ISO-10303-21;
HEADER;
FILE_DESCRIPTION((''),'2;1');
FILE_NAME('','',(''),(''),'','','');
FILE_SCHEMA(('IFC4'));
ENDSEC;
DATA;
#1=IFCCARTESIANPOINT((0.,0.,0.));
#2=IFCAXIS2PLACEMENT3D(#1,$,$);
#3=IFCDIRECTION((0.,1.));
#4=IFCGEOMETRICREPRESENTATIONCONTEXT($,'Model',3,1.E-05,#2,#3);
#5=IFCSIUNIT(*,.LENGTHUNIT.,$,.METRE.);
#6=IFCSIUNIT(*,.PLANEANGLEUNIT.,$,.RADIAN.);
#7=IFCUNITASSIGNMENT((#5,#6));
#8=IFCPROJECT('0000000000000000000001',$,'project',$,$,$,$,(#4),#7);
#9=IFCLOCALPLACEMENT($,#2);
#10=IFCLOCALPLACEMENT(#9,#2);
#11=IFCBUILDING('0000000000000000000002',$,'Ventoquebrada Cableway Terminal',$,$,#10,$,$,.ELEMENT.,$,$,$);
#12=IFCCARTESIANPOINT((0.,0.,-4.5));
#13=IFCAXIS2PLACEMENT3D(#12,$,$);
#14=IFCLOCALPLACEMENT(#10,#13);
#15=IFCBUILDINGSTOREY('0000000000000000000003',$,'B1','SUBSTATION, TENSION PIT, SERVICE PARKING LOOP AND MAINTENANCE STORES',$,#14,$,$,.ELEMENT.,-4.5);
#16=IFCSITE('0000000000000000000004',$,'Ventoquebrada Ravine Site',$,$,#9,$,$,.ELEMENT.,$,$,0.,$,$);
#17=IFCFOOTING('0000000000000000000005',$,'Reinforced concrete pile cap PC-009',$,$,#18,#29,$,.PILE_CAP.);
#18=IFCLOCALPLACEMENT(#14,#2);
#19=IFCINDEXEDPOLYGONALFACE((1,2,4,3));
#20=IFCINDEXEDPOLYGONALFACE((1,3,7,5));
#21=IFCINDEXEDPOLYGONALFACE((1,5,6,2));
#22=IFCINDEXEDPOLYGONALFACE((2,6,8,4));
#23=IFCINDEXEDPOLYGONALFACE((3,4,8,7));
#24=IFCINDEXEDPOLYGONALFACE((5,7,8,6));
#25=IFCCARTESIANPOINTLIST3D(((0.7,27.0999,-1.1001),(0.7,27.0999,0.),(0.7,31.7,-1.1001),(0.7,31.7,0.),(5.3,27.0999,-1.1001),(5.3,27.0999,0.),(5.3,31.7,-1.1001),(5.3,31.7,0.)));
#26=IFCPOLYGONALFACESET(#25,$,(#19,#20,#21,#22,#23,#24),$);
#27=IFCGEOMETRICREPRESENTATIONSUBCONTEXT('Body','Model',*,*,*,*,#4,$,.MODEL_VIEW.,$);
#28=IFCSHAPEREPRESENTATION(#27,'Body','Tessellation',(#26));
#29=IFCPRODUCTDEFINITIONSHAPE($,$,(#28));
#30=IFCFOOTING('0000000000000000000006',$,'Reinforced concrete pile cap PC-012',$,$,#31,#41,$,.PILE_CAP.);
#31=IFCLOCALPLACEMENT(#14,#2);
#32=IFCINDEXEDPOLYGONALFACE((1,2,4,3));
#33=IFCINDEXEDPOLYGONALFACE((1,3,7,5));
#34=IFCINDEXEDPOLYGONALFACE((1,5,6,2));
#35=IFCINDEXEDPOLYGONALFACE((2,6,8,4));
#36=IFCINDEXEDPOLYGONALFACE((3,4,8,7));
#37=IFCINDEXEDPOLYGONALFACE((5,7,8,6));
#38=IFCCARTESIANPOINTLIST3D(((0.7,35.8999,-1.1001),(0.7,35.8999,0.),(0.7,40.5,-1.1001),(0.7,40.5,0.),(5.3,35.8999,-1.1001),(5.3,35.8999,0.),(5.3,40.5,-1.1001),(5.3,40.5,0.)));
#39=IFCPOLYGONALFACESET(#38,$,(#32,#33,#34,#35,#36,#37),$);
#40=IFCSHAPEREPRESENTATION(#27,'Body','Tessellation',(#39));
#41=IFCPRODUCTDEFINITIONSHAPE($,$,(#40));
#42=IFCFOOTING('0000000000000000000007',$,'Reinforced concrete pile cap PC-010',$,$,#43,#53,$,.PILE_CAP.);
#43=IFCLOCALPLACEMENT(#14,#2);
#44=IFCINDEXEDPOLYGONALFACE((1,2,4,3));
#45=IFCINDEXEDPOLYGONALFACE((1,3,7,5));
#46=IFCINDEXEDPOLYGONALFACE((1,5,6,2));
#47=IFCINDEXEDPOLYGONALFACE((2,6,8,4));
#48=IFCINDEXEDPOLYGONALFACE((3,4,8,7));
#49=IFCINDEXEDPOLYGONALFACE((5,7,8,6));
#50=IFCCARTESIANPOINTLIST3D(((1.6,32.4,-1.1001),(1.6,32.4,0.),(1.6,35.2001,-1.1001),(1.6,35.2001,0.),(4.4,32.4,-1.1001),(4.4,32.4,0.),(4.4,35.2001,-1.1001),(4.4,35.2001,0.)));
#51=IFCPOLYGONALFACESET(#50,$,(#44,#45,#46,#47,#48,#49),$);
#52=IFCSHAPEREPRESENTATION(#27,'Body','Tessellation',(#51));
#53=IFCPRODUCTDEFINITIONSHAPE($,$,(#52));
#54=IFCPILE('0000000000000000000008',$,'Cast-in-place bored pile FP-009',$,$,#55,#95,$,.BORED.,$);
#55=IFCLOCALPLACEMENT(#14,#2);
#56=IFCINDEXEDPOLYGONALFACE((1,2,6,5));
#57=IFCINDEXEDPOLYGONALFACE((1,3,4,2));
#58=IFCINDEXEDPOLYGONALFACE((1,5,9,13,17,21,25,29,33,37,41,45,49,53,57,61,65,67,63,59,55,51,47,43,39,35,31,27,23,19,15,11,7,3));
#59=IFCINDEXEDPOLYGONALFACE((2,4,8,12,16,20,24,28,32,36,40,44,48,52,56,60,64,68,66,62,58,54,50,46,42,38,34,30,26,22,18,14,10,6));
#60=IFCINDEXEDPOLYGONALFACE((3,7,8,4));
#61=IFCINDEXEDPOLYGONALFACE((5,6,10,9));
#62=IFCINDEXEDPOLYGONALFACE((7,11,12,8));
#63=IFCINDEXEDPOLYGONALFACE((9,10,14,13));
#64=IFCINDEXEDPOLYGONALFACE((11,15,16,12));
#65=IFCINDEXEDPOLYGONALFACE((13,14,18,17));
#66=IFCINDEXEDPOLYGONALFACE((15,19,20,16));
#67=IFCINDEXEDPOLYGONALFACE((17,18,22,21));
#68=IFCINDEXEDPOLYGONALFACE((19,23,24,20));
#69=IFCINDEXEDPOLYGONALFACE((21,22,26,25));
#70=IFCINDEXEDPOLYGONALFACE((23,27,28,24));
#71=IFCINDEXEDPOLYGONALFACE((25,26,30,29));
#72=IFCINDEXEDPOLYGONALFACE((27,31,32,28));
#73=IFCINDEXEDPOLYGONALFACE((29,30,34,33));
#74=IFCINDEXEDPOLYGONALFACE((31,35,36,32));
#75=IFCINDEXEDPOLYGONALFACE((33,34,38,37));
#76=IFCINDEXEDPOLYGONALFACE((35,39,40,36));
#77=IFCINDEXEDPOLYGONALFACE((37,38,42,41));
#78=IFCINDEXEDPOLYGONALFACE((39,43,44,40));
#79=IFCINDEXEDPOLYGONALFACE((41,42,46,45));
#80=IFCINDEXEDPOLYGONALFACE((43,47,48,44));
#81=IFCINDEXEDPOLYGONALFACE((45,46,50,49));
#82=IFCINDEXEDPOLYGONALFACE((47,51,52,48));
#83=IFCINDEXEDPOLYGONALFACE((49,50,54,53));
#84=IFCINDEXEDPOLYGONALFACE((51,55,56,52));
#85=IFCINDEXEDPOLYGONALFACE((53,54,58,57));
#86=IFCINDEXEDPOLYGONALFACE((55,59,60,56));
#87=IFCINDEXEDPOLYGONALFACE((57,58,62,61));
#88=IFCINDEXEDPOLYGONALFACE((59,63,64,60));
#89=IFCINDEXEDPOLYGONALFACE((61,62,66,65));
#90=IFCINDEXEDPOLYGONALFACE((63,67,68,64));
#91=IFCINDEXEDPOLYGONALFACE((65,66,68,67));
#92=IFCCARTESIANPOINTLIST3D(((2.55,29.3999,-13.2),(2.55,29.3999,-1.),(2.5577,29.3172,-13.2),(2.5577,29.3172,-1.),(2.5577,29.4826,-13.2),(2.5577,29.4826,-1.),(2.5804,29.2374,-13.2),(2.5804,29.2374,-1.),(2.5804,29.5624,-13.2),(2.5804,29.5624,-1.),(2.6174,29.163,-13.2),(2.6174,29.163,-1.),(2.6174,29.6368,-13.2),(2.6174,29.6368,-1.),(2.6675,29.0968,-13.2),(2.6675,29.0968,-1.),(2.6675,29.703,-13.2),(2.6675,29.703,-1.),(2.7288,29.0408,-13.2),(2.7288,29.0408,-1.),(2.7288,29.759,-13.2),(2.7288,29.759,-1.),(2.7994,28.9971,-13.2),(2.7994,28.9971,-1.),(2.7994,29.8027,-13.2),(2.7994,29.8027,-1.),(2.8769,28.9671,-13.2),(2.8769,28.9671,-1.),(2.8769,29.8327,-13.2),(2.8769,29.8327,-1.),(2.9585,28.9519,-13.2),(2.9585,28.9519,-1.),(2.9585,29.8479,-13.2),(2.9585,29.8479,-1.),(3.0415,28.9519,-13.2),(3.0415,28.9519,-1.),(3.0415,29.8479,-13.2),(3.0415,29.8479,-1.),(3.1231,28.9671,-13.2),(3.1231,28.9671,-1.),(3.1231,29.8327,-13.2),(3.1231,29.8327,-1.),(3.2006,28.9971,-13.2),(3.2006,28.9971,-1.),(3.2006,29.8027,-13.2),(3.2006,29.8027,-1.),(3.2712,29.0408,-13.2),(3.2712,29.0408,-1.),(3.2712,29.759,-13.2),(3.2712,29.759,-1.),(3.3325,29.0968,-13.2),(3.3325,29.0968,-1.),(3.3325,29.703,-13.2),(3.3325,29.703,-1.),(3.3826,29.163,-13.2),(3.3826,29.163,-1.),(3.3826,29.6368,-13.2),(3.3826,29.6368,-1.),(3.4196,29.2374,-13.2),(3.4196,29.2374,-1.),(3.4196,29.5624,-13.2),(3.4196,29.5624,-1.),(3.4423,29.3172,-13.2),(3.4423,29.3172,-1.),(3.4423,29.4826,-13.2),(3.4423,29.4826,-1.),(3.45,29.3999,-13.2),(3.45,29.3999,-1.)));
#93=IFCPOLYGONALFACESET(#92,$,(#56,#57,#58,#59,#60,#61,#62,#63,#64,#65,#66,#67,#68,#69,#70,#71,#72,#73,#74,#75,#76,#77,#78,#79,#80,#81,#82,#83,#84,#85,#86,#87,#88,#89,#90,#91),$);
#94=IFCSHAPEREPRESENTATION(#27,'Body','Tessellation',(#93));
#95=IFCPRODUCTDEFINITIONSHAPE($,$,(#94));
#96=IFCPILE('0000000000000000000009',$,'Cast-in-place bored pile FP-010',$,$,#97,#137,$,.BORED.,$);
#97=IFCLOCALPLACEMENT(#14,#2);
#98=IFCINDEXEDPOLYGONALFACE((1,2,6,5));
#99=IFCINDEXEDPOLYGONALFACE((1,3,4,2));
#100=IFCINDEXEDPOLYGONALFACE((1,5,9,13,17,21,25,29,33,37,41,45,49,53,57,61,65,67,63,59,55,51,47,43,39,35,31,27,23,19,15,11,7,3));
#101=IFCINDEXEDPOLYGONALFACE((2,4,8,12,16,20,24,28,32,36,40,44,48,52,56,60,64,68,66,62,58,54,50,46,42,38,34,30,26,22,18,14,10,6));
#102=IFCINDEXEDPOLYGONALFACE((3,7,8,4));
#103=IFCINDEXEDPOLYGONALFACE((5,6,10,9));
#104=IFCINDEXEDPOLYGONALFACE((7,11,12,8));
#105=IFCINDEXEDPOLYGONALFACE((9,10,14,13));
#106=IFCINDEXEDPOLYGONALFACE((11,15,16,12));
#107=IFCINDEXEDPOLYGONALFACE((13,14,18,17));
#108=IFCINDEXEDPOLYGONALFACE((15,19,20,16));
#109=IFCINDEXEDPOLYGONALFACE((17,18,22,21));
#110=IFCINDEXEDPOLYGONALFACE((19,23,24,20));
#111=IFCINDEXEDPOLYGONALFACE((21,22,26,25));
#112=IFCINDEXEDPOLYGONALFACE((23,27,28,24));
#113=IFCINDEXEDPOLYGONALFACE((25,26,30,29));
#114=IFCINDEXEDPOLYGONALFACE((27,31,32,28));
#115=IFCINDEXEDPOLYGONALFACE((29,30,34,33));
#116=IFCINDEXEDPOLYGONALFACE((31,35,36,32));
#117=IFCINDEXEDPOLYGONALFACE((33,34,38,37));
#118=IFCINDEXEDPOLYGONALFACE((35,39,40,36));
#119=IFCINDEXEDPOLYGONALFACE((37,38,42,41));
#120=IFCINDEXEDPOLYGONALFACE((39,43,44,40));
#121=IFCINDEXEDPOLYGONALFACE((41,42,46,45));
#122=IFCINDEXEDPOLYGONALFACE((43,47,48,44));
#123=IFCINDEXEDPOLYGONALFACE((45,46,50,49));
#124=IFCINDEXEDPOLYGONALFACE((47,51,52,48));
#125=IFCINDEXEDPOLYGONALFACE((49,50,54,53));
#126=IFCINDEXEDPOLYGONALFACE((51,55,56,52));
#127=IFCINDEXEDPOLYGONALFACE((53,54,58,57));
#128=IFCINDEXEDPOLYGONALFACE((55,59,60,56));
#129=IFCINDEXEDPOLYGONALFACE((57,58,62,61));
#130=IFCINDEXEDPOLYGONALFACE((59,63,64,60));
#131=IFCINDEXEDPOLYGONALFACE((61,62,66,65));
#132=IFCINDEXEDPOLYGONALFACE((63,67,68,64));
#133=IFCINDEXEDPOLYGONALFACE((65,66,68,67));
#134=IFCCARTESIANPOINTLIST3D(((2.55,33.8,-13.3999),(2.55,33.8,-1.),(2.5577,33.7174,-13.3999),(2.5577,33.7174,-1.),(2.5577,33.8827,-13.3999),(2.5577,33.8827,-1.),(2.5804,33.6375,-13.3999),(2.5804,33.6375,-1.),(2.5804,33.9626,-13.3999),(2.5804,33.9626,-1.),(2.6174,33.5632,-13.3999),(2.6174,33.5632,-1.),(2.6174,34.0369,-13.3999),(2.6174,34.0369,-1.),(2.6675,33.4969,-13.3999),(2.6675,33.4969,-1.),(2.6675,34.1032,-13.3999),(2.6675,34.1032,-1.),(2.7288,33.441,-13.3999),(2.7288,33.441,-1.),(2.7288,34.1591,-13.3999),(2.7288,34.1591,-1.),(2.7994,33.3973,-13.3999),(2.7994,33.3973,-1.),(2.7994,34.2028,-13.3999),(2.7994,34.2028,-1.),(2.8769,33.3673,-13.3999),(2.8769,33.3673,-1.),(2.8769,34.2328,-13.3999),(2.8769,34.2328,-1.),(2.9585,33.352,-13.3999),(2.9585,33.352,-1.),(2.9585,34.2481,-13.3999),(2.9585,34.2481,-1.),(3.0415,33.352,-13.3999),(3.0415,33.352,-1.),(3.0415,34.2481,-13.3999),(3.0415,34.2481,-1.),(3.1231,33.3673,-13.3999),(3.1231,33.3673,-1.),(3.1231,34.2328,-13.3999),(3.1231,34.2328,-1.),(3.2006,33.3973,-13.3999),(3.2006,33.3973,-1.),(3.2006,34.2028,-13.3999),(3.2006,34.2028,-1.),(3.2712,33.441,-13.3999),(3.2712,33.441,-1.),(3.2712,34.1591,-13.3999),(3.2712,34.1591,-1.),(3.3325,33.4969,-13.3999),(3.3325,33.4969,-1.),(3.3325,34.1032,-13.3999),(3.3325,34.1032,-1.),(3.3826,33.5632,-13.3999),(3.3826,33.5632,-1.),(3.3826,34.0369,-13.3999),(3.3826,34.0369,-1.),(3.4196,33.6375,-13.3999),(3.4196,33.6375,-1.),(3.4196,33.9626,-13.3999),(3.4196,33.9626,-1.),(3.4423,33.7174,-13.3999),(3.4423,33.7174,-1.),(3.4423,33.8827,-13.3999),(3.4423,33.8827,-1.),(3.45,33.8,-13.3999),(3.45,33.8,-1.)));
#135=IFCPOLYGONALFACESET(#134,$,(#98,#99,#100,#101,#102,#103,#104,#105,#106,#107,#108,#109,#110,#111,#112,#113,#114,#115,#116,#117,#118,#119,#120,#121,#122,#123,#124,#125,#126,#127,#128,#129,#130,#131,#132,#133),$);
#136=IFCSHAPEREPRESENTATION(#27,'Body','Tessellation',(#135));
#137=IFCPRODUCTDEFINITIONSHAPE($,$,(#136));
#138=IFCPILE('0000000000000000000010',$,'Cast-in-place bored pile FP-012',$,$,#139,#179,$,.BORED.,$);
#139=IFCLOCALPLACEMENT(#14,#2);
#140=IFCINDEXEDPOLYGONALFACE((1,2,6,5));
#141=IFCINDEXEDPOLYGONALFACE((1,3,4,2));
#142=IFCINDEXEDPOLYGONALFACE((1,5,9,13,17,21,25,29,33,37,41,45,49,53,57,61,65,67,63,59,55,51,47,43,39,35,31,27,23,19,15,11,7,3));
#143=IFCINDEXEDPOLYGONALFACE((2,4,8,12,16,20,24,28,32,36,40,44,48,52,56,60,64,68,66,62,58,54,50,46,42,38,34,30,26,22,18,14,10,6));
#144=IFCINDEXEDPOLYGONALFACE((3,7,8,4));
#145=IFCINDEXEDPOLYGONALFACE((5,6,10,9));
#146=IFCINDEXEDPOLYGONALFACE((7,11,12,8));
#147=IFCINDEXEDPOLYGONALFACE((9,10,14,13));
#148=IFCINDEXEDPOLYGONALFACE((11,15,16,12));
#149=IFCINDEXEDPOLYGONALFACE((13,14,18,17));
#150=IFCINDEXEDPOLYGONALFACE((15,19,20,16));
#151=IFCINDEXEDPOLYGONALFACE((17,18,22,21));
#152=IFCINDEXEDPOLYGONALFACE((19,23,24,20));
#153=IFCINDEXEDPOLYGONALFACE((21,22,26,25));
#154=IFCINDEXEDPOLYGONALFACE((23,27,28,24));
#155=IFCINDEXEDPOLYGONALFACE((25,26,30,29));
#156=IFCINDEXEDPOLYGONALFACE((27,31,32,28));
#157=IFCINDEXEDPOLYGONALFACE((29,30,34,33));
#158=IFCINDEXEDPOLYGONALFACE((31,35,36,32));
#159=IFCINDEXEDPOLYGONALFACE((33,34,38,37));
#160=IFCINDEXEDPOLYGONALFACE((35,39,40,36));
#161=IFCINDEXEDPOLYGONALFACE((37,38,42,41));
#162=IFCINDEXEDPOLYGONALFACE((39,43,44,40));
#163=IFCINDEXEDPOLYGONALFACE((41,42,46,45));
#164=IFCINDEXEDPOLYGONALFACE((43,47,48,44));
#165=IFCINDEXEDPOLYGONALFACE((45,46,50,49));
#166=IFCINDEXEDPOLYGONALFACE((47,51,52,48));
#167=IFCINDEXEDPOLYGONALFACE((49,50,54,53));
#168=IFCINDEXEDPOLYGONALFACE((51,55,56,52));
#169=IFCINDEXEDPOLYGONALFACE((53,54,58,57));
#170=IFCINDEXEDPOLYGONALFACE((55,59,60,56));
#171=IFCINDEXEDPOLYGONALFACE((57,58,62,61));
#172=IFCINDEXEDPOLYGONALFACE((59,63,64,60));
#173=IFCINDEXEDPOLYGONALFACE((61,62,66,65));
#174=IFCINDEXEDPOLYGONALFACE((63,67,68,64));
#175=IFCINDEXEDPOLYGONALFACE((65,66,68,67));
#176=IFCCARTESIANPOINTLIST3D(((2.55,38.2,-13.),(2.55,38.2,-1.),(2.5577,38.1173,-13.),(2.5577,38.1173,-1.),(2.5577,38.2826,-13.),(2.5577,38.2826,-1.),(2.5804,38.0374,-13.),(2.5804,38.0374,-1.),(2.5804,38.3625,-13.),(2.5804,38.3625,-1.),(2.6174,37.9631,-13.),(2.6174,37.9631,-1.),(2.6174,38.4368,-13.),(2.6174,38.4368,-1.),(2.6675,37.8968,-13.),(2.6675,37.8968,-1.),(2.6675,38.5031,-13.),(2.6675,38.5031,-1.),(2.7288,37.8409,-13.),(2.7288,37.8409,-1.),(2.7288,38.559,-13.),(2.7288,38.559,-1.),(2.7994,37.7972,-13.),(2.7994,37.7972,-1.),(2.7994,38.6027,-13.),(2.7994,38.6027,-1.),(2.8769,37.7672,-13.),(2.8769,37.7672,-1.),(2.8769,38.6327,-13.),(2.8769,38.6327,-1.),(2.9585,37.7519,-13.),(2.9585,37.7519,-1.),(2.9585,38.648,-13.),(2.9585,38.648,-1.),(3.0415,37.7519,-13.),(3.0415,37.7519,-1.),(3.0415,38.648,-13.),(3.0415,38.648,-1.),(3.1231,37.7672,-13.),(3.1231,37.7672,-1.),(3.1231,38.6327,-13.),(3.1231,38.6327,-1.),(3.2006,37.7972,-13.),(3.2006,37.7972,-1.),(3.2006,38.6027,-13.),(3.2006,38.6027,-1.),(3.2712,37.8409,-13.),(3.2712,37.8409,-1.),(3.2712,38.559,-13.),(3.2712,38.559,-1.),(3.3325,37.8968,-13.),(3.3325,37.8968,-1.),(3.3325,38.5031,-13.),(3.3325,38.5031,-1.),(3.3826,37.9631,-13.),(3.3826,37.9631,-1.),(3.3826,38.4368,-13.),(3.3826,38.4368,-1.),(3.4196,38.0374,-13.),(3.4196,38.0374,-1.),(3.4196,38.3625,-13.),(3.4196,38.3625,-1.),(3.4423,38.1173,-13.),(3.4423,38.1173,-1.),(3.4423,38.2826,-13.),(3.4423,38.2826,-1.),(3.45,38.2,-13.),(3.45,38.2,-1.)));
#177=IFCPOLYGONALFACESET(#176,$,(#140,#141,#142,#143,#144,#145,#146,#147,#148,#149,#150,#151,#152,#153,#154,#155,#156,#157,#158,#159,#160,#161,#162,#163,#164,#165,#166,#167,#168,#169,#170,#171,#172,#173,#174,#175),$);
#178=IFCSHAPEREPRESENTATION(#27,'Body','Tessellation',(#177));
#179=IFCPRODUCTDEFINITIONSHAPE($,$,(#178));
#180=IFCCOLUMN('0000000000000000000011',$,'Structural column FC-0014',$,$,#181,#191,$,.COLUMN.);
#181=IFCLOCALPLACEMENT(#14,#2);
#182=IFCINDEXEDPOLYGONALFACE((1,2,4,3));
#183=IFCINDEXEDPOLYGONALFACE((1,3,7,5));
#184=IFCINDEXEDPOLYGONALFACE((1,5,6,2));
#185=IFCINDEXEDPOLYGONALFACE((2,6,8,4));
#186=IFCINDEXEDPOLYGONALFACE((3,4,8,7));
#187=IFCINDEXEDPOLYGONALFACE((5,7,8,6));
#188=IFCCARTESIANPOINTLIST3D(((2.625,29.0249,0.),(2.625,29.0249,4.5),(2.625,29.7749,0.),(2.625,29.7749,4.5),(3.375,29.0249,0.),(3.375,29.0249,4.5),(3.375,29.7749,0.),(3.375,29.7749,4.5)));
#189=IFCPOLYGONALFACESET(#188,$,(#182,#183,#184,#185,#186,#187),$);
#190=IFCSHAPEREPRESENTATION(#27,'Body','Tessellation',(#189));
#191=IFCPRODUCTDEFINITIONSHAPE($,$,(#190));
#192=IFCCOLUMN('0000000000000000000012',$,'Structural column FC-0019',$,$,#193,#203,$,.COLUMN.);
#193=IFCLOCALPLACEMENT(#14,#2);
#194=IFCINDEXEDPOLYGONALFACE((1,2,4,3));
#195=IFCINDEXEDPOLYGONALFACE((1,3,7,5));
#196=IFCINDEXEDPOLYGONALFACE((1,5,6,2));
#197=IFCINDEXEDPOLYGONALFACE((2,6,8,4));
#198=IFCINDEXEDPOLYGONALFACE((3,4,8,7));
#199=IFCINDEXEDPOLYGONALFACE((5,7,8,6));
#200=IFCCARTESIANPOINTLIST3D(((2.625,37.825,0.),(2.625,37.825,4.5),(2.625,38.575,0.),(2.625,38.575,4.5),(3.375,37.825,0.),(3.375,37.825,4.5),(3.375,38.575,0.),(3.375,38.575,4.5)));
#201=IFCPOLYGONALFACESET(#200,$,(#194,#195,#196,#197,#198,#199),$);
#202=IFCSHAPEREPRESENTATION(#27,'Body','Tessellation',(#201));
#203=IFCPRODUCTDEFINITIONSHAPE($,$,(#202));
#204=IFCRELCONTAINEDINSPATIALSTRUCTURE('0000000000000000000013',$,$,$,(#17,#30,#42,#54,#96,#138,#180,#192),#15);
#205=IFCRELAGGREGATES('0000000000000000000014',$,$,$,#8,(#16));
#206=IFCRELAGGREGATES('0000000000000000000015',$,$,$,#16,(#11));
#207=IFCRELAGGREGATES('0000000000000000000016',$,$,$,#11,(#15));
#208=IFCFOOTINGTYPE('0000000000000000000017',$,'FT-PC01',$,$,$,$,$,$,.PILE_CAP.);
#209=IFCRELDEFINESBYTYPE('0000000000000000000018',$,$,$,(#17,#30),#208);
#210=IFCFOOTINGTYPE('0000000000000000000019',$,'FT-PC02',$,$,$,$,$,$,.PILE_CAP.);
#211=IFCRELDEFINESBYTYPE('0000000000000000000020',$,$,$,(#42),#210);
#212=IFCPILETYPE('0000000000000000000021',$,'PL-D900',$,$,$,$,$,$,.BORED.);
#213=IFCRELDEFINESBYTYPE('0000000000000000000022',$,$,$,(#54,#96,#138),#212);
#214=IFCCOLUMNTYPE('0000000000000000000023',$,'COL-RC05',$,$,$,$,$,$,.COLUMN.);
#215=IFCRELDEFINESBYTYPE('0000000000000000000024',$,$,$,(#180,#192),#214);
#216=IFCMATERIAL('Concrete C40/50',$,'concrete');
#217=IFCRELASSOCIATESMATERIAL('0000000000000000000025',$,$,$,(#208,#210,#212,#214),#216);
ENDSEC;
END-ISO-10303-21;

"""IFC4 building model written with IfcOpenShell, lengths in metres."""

from ifc_helpers import new_model, si_unit, direction, frame, origin, origin_2d, place, context, subcontext, project, spatial, rectangle, circle, extrude, material, material_profile, profile_set, type_object, element, save


model = new_model("IFC4")

# Units and contexts
model_context = context("Model", 3, precision=1e-05, world=origin(), true_north=direction((0.0, 1.0)))
body_context = subcontext(model_context, "Body", "Model", "MODEL_VIEW")
ifc_project = project(units=[si_unit("LENGTHUNIT", "METRE"), si_unit("PLANEANGLEUNIT", "RADIAN")], contexts=[model_context])

# Site, building, storey
site_placement = place(None, origin())
site = spatial("IfcSite", under=ifc_project, at=site_placement, Name="Ventoquebrada Ravine Site", CompositionType="ELEMENT", RefElevation=0.0)
building_placement = place(site_placement, origin())
building = spatial("IfcBuilding", under=site, at=building_placement, Name="Ventoquebrada Cableway Terminal", CompositionType="ELEMENT")
storey_placement = place(building_placement, frame((0.0, 0.0, -4.5)))
storey = spatial("IfcBuildingStorey", under=building, at=storey_placement, Name="B1", Description="SUBSTATION, TENSION PIT, SERVICE PARKING LOOP AND MAINTENANCE STORES", CompositionType="ELEMENT", Elevation=-4.5)

# Footings
ifc_material_1 = material(Name="Concrete C40/50", Category="concrete")
footing_type_1 = type_object("IfcFootingType", Name="FT-PC01", PredefinedType="PILE_CAP", material=ifc_material_1)
for number, where, z_axis, x_axis, name in (
    (1, (3.0, 29.3999, -1.1001), (0.0, 0.0, 1.0), (1.0, 0.0, 0.0), "Reinforced concrete pile cap PC-009"),
    (2, (3.0, 38.2, -1.1001), (0.0, 0.0, 1.0), (1.0, 0.0, 0.0), "Reinforced concrete pile cap PC-012"),
):
    element("IfcFooting", number, at=place(storey_placement, frame(where, z_axis=z_axis, x_axis=x_axis)), inside=storey, type_object=footing_type_1, Name=name, PredefinedType="PILE_CAP", context=body_context, shape_type="SweptSolid", body=[
        extrude(rectangle(XDim=4.6001, YDim=4.6001, at=origin_2d()), origin(), (0.0, 0.0, 1.0), 1.1001),
    ])
footing_type_2 = type_object("IfcFootingType", Name="FT-PC02", PredefinedType="PILE_CAP", material=ifc_material_1)
footing_placement = place(storey_placement, frame((3.0, 33.8, -1.1001), z_axis=(0.0, 0.0, 1.0), x_axis=(1.0, 0.0, 0.0)))
element("IfcFooting", 3, at=footing_placement, inside=storey, type_object=footing_type_2, Name="Reinforced concrete pile cap PC-010", PredefinedType="PILE_CAP", context=body_context, shape_type="SweptSolid", body=[
    extrude(rectangle(XDim=2.8, YDim=2.8, at=origin_2d()), origin(), (0.0, 0.0, 1.0), 1.1001),
])

# Piles
ifc_material_profile_1 = material_profile(ifc_material_1, circle(Radius=0.45, at=origin_2d()), Name="PILE-D900")
ifc_profile_set_1 = profile_set([ifc_material_profile_1], Name="Concrete C40/50")
pile_type = type_object("IfcPileType", Name="PL-D900", PredefinedType="BORED", material=ifc_profile_set_1)
pile_1_placement = place(storey_placement, frame((3.0, 29.3999, -1.0), z_axis=(0.0, 0.0, -1.0), x_axis=(1.0, 0.0, 0.0)))
element("IfcPile", 4, at=pile_1_placement, inside=storey, type_object=pile_type, Name="Cast-in-place bored pile FP-009", PredefinedType="BORED", context=body_context, shape_type="SweptSolid", body=[
    extrude(circle(Radius=0.45, at=origin_2d()), origin(), (0.0, 0.0, 1.0), 12.2),
])
pile_2_placement = place(storey_placement, frame((3.0, 33.8, -1.0), z_axis=(0.0, 0.0, -1.0), x_axis=(1.0, 0.0, 0.0)))
element("IfcPile", 5, at=pile_2_placement, inside=storey, type_object=pile_type, Name="Cast-in-place bored pile FP-010", PredefinedType="BORED", context=body_context, shape_type="SweptSolid", body=[
    extrude(circle(Radius=0.45, at=origin_2d()), origin(), (0.0, 0.0, 1.0), 12.3999),
])
pile_3_placement = place(storey_placement, frame((3.0, 38.2, -1.0), z_axis=(0.0, 0.0, -1.0), x_axis=(1.0, 0.0, 0.0)))
element("IfcPile", 6, at=pile_3_placement, inside=storey, type_object=pile_type, Name="Cast-in-place bored pile FP-012", PredefinedType="BORED", context=body_context, shape_type="SweptSolid", body=[
    extrude(circle(Radius=0.45, at=origin_2d()), origin(), (0.0, 0.0, 1.0), 12.0),
])

# Columns
ifc_material_profile_2 = material_profile(ifc_material_1, rectangle(XDim=0.75, YDim=0.75, at=origin_2d()), Name="RC-COL-750X750")
ifc_profile_set_2 = profile_set([ifc_material_profile_2], Name="Concrete C40/50")
column_type_1 = type_object("IfcColumnType", Name="COL-RC05", PredefinedType="COLUMN", material=ifc_profile_set_2)
for number, where, z_axis, x_axis, name in (
    (7, (3.0, 29.3999, 0.0), (0.0, 0.0, 1.0), (1.0, 0.0, 0.0), "Structural column FC-0014"),
    (8, (3.0, 38.2, 0.0), (0.0, 0.0, 1.0), (1.0, 0.0, 0.0), "Structural column FC-0019"),
):
    element("IfcColumn", number, at=place(storey_placement, frame(where, z_axis=z_axis, x_axis=x_axis)), inside=storey, type_object=column_type_1, Name=name, PredefinedType="COLUMN", context=body_context, shape_type="SweptSolid", body=[
        extrude(rectangle(XDim=0.75, YDim=0.75, at=origin_2d()), origin(), (0.0, 0.0, 1.0), 4.5),
    ])

save(model, "model.ifc")
